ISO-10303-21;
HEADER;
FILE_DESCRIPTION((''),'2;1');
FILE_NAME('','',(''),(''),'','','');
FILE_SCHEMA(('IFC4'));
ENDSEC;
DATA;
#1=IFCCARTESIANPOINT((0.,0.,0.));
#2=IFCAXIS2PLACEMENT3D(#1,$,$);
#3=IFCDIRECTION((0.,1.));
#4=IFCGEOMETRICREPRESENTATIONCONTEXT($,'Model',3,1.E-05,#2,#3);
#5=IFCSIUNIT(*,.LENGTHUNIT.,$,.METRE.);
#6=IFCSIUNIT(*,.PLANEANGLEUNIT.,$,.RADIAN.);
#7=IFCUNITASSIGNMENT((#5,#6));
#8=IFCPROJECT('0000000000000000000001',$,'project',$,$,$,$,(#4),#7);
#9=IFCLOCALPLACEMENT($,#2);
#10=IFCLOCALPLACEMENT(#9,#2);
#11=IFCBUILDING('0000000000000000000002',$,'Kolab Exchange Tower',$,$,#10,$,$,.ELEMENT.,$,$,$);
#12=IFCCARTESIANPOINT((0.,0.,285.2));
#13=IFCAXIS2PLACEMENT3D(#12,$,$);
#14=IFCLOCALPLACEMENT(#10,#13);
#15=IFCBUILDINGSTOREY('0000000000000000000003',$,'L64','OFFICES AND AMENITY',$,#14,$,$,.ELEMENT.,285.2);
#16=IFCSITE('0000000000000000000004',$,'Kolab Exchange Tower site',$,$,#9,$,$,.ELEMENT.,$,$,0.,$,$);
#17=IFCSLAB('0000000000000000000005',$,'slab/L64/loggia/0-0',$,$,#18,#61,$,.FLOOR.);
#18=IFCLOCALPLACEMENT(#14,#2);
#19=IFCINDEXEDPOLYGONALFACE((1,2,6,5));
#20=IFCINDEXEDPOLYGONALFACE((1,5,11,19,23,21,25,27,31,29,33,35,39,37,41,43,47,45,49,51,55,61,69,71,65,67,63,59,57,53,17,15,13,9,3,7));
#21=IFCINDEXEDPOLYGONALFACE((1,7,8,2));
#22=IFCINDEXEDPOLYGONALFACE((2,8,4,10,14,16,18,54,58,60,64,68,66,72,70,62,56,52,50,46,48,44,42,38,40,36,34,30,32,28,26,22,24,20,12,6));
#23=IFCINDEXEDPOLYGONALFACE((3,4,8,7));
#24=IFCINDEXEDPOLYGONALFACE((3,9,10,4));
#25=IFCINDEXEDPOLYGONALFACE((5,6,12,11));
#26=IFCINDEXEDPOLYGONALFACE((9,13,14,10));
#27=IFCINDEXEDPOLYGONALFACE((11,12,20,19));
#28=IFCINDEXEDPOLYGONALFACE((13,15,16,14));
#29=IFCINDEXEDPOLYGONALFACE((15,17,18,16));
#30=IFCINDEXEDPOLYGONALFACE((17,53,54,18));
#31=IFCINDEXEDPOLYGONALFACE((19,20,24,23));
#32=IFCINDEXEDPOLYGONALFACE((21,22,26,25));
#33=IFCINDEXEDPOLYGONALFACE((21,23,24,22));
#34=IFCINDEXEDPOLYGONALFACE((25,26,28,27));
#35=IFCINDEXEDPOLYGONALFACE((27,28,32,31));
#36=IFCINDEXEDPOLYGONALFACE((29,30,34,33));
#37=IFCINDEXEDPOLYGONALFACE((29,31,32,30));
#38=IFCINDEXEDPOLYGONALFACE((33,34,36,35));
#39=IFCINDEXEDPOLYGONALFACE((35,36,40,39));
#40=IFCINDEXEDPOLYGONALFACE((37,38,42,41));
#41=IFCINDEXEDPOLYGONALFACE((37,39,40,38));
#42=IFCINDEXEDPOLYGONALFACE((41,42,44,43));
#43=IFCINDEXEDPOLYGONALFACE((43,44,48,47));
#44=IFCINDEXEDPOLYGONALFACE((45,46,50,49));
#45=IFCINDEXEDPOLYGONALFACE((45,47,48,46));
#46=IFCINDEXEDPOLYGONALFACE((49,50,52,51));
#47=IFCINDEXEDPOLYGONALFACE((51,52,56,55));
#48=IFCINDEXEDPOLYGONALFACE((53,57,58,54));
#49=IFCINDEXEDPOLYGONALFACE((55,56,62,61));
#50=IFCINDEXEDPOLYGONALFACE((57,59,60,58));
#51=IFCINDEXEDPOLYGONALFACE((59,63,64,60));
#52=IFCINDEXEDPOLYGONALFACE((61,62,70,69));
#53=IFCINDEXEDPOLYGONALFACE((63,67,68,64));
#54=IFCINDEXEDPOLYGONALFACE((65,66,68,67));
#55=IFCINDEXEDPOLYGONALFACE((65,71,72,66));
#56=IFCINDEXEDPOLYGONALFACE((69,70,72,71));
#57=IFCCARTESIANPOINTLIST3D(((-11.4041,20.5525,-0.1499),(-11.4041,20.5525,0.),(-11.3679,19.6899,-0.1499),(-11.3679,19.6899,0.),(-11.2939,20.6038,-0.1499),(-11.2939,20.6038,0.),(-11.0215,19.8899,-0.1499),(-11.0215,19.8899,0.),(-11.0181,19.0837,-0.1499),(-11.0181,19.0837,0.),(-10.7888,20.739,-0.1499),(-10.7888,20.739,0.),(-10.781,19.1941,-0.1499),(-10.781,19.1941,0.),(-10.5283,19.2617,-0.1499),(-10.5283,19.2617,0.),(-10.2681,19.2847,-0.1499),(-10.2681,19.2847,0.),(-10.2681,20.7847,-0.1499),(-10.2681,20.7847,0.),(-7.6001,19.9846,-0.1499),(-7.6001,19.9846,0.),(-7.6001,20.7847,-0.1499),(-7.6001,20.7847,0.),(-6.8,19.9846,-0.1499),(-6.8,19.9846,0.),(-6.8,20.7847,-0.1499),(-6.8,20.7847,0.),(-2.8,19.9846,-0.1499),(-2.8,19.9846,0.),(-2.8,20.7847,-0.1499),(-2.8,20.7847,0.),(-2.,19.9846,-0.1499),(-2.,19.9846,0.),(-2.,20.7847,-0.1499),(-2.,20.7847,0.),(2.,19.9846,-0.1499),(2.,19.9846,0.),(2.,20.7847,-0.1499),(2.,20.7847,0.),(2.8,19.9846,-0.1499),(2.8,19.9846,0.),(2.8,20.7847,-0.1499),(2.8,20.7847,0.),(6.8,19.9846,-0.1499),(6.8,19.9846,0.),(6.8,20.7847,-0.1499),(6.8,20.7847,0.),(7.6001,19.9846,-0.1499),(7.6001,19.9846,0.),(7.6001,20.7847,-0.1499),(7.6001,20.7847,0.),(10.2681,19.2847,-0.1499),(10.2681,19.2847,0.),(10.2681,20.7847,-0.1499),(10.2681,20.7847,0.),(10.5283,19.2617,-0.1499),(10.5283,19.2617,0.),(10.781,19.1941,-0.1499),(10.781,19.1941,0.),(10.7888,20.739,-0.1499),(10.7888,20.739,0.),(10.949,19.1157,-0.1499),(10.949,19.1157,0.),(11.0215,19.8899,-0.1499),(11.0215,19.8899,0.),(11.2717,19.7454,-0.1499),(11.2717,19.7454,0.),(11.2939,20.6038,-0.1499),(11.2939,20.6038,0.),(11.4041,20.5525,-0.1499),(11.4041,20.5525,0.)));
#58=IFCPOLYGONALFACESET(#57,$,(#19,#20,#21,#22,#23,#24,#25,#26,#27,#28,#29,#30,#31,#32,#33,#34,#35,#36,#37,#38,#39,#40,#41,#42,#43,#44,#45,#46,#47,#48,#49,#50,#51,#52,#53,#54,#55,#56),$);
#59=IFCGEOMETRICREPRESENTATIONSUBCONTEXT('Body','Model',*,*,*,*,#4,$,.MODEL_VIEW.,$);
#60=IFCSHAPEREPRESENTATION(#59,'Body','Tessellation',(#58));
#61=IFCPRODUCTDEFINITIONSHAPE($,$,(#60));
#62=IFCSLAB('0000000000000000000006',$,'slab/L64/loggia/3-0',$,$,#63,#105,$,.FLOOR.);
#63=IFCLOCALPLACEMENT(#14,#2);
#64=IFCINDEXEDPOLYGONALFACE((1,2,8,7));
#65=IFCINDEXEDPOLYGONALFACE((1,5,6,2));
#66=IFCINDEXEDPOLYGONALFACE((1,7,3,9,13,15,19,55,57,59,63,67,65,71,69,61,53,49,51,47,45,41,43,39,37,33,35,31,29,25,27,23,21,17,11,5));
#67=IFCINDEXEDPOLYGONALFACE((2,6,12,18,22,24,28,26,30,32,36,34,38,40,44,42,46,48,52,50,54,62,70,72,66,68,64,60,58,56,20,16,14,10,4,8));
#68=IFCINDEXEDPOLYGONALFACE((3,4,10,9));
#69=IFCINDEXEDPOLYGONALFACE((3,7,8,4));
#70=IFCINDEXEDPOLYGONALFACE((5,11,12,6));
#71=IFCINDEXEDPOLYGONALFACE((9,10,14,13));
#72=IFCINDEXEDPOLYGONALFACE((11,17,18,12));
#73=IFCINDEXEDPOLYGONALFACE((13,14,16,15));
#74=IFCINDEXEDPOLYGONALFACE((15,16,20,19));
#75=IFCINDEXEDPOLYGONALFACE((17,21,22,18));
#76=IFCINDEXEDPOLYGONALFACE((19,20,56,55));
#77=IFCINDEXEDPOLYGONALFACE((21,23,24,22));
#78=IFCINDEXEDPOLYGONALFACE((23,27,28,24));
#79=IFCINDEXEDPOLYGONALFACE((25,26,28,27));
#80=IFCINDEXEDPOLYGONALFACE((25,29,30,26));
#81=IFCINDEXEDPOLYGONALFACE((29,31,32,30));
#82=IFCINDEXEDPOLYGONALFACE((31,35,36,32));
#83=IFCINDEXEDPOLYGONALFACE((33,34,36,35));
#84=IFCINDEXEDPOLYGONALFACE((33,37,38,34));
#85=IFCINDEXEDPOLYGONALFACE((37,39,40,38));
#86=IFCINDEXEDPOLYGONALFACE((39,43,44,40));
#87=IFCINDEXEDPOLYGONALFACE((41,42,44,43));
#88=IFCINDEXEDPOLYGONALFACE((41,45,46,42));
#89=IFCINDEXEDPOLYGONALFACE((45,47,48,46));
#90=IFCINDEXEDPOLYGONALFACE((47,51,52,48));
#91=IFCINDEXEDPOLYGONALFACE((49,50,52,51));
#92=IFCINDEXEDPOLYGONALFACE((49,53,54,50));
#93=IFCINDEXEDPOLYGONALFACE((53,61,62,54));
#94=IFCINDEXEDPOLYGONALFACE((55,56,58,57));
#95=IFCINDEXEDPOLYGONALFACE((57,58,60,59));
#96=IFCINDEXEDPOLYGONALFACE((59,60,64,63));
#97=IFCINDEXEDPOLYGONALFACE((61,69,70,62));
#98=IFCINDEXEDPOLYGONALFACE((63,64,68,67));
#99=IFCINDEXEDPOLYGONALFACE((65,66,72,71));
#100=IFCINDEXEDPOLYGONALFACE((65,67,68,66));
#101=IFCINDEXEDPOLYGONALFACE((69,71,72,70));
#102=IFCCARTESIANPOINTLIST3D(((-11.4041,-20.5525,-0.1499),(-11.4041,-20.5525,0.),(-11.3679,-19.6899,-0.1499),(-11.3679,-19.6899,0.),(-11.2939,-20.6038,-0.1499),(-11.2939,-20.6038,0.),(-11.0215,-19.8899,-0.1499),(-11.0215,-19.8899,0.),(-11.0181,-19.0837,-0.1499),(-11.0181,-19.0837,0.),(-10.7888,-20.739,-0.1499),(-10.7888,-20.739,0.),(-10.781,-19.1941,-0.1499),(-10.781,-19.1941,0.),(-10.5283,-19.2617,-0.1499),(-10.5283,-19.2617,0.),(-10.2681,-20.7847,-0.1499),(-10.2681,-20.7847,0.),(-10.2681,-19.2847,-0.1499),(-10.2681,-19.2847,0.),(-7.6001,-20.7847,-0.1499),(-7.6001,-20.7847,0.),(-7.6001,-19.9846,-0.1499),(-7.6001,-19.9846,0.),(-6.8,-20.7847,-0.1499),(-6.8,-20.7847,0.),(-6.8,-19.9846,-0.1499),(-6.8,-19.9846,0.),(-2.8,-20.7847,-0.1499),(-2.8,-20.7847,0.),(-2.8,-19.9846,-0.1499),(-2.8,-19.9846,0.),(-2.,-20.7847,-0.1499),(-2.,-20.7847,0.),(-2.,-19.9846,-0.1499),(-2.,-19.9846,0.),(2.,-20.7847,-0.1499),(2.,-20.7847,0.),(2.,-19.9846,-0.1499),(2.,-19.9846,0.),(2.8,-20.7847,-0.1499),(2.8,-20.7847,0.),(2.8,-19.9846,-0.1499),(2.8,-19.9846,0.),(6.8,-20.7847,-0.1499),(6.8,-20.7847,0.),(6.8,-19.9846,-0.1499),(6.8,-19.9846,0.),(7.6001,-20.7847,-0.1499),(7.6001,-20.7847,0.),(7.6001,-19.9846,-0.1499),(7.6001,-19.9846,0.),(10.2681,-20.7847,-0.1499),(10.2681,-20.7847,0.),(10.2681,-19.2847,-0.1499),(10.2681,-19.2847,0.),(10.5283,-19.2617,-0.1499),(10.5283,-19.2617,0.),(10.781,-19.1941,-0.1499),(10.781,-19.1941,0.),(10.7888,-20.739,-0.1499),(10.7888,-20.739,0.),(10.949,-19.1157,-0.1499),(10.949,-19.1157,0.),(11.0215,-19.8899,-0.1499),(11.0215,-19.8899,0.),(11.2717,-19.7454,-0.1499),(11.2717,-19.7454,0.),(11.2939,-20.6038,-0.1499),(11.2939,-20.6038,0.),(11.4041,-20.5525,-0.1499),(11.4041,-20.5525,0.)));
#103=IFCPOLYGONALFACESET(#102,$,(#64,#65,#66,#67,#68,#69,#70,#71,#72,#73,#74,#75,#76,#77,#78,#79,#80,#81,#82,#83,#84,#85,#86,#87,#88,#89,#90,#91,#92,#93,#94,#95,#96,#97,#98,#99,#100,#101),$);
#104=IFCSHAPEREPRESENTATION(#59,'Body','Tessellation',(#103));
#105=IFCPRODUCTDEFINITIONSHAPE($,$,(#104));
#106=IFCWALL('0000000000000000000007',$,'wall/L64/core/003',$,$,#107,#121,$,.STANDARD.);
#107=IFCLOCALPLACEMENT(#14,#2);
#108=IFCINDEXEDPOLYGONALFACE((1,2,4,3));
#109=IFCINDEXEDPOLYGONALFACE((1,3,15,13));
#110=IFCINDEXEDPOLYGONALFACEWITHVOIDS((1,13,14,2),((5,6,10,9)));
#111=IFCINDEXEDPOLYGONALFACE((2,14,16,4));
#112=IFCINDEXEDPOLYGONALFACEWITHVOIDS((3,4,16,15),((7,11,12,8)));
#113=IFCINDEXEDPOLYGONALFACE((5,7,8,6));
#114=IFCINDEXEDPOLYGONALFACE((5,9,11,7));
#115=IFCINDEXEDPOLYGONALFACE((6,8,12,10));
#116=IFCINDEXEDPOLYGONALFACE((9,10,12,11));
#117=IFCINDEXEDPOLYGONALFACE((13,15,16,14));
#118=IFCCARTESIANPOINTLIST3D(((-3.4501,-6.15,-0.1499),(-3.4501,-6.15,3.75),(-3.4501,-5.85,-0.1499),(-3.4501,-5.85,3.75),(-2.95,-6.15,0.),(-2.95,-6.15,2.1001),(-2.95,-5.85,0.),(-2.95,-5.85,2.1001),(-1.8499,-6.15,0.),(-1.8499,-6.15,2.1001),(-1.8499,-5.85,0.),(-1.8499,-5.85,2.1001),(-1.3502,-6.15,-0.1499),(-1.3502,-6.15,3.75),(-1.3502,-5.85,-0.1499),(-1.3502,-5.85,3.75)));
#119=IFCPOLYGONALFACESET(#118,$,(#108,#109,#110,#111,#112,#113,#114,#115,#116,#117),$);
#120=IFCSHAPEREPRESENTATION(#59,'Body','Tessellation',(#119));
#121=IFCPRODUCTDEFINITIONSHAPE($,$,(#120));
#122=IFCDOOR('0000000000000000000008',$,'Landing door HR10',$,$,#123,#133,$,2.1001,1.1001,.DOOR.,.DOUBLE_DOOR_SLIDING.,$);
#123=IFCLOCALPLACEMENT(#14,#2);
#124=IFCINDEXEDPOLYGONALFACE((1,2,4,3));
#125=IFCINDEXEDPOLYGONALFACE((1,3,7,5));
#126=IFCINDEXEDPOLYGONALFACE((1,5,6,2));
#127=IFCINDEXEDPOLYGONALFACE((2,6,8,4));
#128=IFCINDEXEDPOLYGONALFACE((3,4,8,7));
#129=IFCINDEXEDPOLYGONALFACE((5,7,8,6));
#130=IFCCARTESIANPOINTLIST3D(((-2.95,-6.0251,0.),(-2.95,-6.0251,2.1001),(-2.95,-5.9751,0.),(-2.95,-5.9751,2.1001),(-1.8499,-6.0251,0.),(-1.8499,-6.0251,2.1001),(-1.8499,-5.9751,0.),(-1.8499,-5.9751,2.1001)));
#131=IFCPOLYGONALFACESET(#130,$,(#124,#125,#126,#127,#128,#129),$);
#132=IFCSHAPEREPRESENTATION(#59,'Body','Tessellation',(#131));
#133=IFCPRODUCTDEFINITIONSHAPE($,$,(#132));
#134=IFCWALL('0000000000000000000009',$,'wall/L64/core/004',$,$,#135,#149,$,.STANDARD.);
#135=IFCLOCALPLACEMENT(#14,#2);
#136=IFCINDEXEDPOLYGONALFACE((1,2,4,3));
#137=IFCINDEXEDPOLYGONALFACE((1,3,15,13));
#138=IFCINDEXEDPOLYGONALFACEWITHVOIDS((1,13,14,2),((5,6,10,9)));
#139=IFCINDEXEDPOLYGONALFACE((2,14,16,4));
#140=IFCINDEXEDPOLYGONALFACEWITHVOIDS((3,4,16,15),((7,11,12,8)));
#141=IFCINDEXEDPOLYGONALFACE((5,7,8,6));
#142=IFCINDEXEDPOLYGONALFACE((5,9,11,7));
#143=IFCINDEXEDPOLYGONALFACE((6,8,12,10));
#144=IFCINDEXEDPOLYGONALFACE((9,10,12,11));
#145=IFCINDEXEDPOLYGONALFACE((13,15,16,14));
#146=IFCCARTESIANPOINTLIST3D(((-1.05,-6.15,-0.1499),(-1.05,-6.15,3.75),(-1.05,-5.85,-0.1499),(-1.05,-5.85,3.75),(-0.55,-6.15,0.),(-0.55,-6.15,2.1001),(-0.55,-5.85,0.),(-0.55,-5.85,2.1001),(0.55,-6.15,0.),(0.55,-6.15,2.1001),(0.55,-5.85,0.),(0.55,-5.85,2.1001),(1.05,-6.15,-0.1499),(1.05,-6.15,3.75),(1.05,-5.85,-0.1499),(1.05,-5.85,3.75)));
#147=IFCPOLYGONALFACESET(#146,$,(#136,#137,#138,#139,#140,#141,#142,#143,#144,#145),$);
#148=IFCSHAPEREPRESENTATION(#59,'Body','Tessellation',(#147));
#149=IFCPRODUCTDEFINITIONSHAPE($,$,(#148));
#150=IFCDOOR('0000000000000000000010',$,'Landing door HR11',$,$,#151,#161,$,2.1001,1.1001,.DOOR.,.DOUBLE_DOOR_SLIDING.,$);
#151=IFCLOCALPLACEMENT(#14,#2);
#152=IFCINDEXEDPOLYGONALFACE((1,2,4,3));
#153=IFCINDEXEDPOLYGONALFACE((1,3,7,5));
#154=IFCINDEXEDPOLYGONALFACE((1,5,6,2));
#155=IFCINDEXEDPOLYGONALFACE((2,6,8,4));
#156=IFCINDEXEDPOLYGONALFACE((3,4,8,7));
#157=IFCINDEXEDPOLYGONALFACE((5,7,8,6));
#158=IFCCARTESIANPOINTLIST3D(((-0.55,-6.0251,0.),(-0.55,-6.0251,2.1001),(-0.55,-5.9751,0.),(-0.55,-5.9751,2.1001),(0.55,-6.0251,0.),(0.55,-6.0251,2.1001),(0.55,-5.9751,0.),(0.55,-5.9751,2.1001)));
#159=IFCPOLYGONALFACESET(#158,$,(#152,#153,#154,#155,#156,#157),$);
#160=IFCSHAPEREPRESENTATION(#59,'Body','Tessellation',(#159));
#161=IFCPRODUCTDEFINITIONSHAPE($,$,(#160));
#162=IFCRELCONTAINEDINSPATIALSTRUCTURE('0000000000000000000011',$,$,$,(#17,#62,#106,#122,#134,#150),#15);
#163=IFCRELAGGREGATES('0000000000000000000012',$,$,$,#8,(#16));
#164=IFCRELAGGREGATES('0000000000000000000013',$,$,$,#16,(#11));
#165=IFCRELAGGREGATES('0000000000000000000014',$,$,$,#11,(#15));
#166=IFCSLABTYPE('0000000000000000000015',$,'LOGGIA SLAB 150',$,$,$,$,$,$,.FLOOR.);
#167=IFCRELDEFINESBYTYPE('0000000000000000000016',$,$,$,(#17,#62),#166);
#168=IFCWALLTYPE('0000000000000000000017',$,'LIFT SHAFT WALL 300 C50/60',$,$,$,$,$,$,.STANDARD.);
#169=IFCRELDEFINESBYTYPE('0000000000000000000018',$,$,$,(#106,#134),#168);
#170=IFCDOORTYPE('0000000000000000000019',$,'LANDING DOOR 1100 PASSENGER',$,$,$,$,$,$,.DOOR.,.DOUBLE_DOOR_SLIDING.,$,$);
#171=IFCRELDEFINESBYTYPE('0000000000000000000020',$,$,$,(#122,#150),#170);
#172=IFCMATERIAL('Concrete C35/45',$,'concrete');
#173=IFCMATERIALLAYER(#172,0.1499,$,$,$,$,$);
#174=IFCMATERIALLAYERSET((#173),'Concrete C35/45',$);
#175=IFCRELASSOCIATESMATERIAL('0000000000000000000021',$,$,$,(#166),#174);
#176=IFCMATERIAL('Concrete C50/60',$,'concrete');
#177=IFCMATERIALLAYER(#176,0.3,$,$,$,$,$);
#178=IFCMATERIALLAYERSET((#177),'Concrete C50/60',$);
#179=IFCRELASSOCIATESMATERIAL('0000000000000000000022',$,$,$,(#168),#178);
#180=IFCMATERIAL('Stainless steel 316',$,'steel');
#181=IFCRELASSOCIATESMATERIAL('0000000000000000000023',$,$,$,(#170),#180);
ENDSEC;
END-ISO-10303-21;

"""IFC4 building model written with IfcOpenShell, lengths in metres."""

from ifc_helpers import new_model, si_unit, direction, frame, frame_2d, origin, place, context, subcontext, project, spatial, polyline, rectangle, outline, extrude, material, layer, layer_set, type_object, element, fill, save


model = new_model("IFC4")

# Units and contexts
model_context = context("Model", 3, precision=1e-05, world=origin(), true_north=direction((0.0, 1.0)))
body_context = subcontext(model_context, "Body", "Model", "MODEL_VIEW")
ifc_project = project(units=[si_unit("LENGTHUNIT", "METRE"), si_unit("PLANEANGLEUNIT", "RADIAN")], contexts=[model_context])

# Site, building, storey
site_placement = place(None, origin())
site = spatial("IfcSite", under=ifc_project, at=site_placement, Name="Kolab Exchange Tower site", CompositionType="ELEMENT", RefElevation=0.0)
building_placement = place(site_placement, origin())
building = spatial("IfcBuilding", under=site, at=building_placement, Name="Kolab Exchange Tower", CompositionType="ELEMENT")
storey_placement = place(building_placement, frame((0.0, 0.0, 285.2)))
storey = spatial("IfcBuildingStorey", under=building, at=storey_placement, Name="L64", Description="OFFICES AND AMENITY", CompositionType="ELEMENT", Elevation=285.2)

# Slabs
ifc_material_1 = material(Name="Concrete C35/45", Category="concrete")
ifc_layer_1 = layer(ifc_material_1, 0.1499)
ifc_layer_set_1 = layer_set([ifc_layer_1], Name="Concrete C35/45")
slab_type_1 = type_object("IfcSlabType", Name="LOGGIA SLAB 150", PredefinedType="FLOOR", material=ifc_layer_set_1)
slab_1_placement = place(storey_placement, frame((0.0, 0.0, -0.1499)))
element("IfcSlab", 1, at=slab_1_placement, inside=storey, type_object=slab_type_1, Name="slab/L64/loggia/0-0", PredefinedType="FLOOR", context=body_context, shape_type="SweptSolid", body=[
    extrude(outline(polyline([(10.781, 19.1941), (10.949, 19.1157), (11.2717, 19.7454), (11.0215, 19.8899), (11.4041, 20.5525), (11.2939, 20.6038), (10.7888, 20.739), (10.2681, 20.7847), (7.6001, 20.7847), (7.6001, 19.9846), (6.8, 19.9846), (6.8, 20.7847), (2.8, 20.7847), (2.8, 19.9846), (2.0, 19.9846), (2.0, 20.7847), (-2.0, 20.7847), (-2.0, 19.9846), (-2.8, 19.9846), (-2.8, 20.7847), (-6.8, 20.7847), (-6.8, 19.9846), (-7.6001, 19.9846), (-7.6001, 20.7847), (-10.2681, 20.7847), (-10.7888, 20.739), (-11.2939, 20.6038), (-11.4041, 20.5525), (-11.0215, 19.8899), (-11.3679, 19.6899), (-11.0181, 19.0837), (-10.781, 19.1941), (-10.5283, 19.2617), (-10.2681, 19.2847), (10.2681, 19.2847), (10.5283, 19.2617), (10.781, 19.1941)])), origin(), (0.0, 0.0, 1.0), 0.1499),
])
slab_2_placement = place(storey_placement, frame((0.0, 0.0, -0.1499)))
element("IfcSlab", 2, at=slab_2_placement, inside=storey, type_object=slab_type_1, Name="slab/L64/loggia/3-0", PredefinedType="FLOOR", context=body_context, shape_type="SweptSolid", body=[
    extrude(outline(polyline([(-10.781, -19.1941), (-11.0181, -19.0837), (-11.3679, -19.6899), (-11.0215, -19.8899), (-11.4041, -20.5525), (-11.2939, -20.6038), (-10.7888, -20.739), (-10.2681, -20.7847), (-7.6001, -20.7847), (-7.6001, -19.9846), (-6.8, -19.9846), (-6.8, -20.7847), (-2.8, -20.7847), (-2.8, -19.9846), (-2.0, -19.9846), (-2.0, -20.7847), (2.0, -20.7847), (2.0, -19.9846), (2.8, -19.9846), (2.8, -20.7847), (6.8, -20.7847), (6.8, -19.9846), (7.6001, -19.9846), (7.6001, -20.7847), (10.2681, -20.7847), (10.7888, -20.739), (11.2939, -20.6038), (11.4041, -20.5525), (11.0215, -19.8899), (11.2717, -19.7454), (10.949, -19.1157), (10.781, -19.1941), (10.5283, -19.2617), (10.2681, -19.2847), (-10.2681, -19.2847), (-10.5283, -19.2617), (-10.781, -19.1941)])), origin(), (0.0, 0.0, 1.0), 0.1499),
])

# Walls, openings, doors
ifc_material_2 = material(Name="Concrete C50/60", Category="concrete")
ifc_layer_2 = layer(ifc_material_2, 0.3)
ifc_layer_set_2 = layer_set([ifc_layer_2], Name="Concrete C50/60")
wall_type_1 = type_object("IfcWallType", Name="LIFT SHAFT WALL 300 C50/60", PredefinedType="STANDARD", material=ifc_layer_set_2)
wall_1_placement = place(storey_placement, frame((-3.45, -6.0, -0.1499), z_axis=(0.0, 0.0, 1.0), x_axis=(1.0, 0.0, 0.0)))
wall_1 = element("IfcWall", 3, at=wall_1_placement, inside=storey, type_object=wall_type_1, Name="wall/L64/core/003", PredefinedType="STANDARD", context=body_context, shape_type="SweptSolid", body=[
    extrude(rectangle(XDim=2.0999, YDim=0.3, at=frame_2d((1.0498, 0.0))), origin(), (0.0, 0.0, 1.0), 3.8999),
])
opening_1_placement = place(wall_1_placement, frame((0.5, 0.0, 0.1499)))
opening_1 = element("IfcOpeningElement", 4, at=opening_1_placement, cuts=wall_1, PredefinedType="OPENING", context=body_context, shape_type="SweptSolid", body=[
    extrude(rectangle(XDim=1.1001, YDim=2.1001, at=frame_2d((0.55, 1.05))), frame((0.0, 0.1602, 0.0), z_axis=(0.0, -1.0, 0.0), x_axis=(1.0, 0.0, 0.0)), (0.0, 0.0, 1.0), 0.3201),
])
ifc_material_3 = material(Name="Stainless steel 316", Category="steel")
door_type_1 = type_object("IfcDoorType", Name="LANDING DOOR 1100 PASSENGER", OperationType="DOUBLE_DOOR_SLIDING", PredefinedType="DOOR", material=ifc_material_3)
door_1_placement = place(opening_1_placement, origin())
door_1 = element("IfcDoor", 5, at=door_1_placement, inside=storey, type_object=door_type_1, Name="Landing door HR10", OperationType="DOUBLE_DOOR_SLIDING", OverallHeight=2.1001, OverallWidth=1.1001, PredefinedType="DOOR", context=body_context, shape_type="SweptSolid", body=[
    extrude(rectangle(XDim=1.1001, YDim=2.1001, at=frame_2d((0.55, 1.05))), frame((0.0, 0.0249, 0.0), z_axis=(0.0, -1.0, 0.0), x_axis=(1.0, 0.0, 0.0)), (0.0, 0.0, 1.0), 0.05),
])
fill(opening_1, door_1)
wall_2_placement = place(storey_placement, frame((-1.05, -6.0, -0.1499), z_axis=(0.0, 0.0, 1.0), x_axis=(1.0, 0.0, 0.0)))
wall_2 = element("IfcWall", 6, at=wall_2_placement, inside=storey, type_object=wall_type_1, Name="wall/L64/core/004", PredefinedType="STANDARD", context=body_context, shape_type="SweptSolid", body=[
    extrude(rectangle(XDim=2.1001, YDim=0.3, at=frame_2d((1.05, 0.0))), origin(), (0.0, 0.0, 1.0), 3.8999),
])
opening_2_placement = place(wall_2_placement, frame((0.5, 0.0, 0.1499)))
opening_2 = element("IfcOpeningElement", 7, at=opening_2_placement, cuts=wall_2, PredefinedType="OPENING", context=body_context, shape_type="SweptSolid", body=[
    extrude(rectangle(XDim=1.1001, YDim=2.1001, at=frame_2d((0.55, 1.05))), frame((0.0, 0.1602, 0.0), z_axis=(0.0, -1.0, 0.0), x_axis=(1.0, 0.0, 0.0)), (0.0, 0.0, 1.0), 0.3201),
])
door_2_placement = place(opening_2_placement, origin())
door_2 = element("IfcDoor", 8, at=door_2_placement, inside=storey, type_object=door_type_1, Name="Landing door HR11", OperationType="DOUBLE_DOOR_SLIDING", OverallHeight=2.1001, OverallWidth=1.1001, PredefinedType="DOOR", context=body_context, shape_type="SweptSolid", body=[
    extrude(rectangle(XDim=1.1001, YDim=2.1001, at=frame_2d((0.55, 1.05))), frame((0.0, 0.0249, 0.0), z_axis=(0.0, -1.0, 0.0), x_axis=(1.0, 0.0, 0.0)), (0.0, 0.0, 1.0), 0.05),
])
fill(opening_2, door_2)

save(model, "model.ifc")
